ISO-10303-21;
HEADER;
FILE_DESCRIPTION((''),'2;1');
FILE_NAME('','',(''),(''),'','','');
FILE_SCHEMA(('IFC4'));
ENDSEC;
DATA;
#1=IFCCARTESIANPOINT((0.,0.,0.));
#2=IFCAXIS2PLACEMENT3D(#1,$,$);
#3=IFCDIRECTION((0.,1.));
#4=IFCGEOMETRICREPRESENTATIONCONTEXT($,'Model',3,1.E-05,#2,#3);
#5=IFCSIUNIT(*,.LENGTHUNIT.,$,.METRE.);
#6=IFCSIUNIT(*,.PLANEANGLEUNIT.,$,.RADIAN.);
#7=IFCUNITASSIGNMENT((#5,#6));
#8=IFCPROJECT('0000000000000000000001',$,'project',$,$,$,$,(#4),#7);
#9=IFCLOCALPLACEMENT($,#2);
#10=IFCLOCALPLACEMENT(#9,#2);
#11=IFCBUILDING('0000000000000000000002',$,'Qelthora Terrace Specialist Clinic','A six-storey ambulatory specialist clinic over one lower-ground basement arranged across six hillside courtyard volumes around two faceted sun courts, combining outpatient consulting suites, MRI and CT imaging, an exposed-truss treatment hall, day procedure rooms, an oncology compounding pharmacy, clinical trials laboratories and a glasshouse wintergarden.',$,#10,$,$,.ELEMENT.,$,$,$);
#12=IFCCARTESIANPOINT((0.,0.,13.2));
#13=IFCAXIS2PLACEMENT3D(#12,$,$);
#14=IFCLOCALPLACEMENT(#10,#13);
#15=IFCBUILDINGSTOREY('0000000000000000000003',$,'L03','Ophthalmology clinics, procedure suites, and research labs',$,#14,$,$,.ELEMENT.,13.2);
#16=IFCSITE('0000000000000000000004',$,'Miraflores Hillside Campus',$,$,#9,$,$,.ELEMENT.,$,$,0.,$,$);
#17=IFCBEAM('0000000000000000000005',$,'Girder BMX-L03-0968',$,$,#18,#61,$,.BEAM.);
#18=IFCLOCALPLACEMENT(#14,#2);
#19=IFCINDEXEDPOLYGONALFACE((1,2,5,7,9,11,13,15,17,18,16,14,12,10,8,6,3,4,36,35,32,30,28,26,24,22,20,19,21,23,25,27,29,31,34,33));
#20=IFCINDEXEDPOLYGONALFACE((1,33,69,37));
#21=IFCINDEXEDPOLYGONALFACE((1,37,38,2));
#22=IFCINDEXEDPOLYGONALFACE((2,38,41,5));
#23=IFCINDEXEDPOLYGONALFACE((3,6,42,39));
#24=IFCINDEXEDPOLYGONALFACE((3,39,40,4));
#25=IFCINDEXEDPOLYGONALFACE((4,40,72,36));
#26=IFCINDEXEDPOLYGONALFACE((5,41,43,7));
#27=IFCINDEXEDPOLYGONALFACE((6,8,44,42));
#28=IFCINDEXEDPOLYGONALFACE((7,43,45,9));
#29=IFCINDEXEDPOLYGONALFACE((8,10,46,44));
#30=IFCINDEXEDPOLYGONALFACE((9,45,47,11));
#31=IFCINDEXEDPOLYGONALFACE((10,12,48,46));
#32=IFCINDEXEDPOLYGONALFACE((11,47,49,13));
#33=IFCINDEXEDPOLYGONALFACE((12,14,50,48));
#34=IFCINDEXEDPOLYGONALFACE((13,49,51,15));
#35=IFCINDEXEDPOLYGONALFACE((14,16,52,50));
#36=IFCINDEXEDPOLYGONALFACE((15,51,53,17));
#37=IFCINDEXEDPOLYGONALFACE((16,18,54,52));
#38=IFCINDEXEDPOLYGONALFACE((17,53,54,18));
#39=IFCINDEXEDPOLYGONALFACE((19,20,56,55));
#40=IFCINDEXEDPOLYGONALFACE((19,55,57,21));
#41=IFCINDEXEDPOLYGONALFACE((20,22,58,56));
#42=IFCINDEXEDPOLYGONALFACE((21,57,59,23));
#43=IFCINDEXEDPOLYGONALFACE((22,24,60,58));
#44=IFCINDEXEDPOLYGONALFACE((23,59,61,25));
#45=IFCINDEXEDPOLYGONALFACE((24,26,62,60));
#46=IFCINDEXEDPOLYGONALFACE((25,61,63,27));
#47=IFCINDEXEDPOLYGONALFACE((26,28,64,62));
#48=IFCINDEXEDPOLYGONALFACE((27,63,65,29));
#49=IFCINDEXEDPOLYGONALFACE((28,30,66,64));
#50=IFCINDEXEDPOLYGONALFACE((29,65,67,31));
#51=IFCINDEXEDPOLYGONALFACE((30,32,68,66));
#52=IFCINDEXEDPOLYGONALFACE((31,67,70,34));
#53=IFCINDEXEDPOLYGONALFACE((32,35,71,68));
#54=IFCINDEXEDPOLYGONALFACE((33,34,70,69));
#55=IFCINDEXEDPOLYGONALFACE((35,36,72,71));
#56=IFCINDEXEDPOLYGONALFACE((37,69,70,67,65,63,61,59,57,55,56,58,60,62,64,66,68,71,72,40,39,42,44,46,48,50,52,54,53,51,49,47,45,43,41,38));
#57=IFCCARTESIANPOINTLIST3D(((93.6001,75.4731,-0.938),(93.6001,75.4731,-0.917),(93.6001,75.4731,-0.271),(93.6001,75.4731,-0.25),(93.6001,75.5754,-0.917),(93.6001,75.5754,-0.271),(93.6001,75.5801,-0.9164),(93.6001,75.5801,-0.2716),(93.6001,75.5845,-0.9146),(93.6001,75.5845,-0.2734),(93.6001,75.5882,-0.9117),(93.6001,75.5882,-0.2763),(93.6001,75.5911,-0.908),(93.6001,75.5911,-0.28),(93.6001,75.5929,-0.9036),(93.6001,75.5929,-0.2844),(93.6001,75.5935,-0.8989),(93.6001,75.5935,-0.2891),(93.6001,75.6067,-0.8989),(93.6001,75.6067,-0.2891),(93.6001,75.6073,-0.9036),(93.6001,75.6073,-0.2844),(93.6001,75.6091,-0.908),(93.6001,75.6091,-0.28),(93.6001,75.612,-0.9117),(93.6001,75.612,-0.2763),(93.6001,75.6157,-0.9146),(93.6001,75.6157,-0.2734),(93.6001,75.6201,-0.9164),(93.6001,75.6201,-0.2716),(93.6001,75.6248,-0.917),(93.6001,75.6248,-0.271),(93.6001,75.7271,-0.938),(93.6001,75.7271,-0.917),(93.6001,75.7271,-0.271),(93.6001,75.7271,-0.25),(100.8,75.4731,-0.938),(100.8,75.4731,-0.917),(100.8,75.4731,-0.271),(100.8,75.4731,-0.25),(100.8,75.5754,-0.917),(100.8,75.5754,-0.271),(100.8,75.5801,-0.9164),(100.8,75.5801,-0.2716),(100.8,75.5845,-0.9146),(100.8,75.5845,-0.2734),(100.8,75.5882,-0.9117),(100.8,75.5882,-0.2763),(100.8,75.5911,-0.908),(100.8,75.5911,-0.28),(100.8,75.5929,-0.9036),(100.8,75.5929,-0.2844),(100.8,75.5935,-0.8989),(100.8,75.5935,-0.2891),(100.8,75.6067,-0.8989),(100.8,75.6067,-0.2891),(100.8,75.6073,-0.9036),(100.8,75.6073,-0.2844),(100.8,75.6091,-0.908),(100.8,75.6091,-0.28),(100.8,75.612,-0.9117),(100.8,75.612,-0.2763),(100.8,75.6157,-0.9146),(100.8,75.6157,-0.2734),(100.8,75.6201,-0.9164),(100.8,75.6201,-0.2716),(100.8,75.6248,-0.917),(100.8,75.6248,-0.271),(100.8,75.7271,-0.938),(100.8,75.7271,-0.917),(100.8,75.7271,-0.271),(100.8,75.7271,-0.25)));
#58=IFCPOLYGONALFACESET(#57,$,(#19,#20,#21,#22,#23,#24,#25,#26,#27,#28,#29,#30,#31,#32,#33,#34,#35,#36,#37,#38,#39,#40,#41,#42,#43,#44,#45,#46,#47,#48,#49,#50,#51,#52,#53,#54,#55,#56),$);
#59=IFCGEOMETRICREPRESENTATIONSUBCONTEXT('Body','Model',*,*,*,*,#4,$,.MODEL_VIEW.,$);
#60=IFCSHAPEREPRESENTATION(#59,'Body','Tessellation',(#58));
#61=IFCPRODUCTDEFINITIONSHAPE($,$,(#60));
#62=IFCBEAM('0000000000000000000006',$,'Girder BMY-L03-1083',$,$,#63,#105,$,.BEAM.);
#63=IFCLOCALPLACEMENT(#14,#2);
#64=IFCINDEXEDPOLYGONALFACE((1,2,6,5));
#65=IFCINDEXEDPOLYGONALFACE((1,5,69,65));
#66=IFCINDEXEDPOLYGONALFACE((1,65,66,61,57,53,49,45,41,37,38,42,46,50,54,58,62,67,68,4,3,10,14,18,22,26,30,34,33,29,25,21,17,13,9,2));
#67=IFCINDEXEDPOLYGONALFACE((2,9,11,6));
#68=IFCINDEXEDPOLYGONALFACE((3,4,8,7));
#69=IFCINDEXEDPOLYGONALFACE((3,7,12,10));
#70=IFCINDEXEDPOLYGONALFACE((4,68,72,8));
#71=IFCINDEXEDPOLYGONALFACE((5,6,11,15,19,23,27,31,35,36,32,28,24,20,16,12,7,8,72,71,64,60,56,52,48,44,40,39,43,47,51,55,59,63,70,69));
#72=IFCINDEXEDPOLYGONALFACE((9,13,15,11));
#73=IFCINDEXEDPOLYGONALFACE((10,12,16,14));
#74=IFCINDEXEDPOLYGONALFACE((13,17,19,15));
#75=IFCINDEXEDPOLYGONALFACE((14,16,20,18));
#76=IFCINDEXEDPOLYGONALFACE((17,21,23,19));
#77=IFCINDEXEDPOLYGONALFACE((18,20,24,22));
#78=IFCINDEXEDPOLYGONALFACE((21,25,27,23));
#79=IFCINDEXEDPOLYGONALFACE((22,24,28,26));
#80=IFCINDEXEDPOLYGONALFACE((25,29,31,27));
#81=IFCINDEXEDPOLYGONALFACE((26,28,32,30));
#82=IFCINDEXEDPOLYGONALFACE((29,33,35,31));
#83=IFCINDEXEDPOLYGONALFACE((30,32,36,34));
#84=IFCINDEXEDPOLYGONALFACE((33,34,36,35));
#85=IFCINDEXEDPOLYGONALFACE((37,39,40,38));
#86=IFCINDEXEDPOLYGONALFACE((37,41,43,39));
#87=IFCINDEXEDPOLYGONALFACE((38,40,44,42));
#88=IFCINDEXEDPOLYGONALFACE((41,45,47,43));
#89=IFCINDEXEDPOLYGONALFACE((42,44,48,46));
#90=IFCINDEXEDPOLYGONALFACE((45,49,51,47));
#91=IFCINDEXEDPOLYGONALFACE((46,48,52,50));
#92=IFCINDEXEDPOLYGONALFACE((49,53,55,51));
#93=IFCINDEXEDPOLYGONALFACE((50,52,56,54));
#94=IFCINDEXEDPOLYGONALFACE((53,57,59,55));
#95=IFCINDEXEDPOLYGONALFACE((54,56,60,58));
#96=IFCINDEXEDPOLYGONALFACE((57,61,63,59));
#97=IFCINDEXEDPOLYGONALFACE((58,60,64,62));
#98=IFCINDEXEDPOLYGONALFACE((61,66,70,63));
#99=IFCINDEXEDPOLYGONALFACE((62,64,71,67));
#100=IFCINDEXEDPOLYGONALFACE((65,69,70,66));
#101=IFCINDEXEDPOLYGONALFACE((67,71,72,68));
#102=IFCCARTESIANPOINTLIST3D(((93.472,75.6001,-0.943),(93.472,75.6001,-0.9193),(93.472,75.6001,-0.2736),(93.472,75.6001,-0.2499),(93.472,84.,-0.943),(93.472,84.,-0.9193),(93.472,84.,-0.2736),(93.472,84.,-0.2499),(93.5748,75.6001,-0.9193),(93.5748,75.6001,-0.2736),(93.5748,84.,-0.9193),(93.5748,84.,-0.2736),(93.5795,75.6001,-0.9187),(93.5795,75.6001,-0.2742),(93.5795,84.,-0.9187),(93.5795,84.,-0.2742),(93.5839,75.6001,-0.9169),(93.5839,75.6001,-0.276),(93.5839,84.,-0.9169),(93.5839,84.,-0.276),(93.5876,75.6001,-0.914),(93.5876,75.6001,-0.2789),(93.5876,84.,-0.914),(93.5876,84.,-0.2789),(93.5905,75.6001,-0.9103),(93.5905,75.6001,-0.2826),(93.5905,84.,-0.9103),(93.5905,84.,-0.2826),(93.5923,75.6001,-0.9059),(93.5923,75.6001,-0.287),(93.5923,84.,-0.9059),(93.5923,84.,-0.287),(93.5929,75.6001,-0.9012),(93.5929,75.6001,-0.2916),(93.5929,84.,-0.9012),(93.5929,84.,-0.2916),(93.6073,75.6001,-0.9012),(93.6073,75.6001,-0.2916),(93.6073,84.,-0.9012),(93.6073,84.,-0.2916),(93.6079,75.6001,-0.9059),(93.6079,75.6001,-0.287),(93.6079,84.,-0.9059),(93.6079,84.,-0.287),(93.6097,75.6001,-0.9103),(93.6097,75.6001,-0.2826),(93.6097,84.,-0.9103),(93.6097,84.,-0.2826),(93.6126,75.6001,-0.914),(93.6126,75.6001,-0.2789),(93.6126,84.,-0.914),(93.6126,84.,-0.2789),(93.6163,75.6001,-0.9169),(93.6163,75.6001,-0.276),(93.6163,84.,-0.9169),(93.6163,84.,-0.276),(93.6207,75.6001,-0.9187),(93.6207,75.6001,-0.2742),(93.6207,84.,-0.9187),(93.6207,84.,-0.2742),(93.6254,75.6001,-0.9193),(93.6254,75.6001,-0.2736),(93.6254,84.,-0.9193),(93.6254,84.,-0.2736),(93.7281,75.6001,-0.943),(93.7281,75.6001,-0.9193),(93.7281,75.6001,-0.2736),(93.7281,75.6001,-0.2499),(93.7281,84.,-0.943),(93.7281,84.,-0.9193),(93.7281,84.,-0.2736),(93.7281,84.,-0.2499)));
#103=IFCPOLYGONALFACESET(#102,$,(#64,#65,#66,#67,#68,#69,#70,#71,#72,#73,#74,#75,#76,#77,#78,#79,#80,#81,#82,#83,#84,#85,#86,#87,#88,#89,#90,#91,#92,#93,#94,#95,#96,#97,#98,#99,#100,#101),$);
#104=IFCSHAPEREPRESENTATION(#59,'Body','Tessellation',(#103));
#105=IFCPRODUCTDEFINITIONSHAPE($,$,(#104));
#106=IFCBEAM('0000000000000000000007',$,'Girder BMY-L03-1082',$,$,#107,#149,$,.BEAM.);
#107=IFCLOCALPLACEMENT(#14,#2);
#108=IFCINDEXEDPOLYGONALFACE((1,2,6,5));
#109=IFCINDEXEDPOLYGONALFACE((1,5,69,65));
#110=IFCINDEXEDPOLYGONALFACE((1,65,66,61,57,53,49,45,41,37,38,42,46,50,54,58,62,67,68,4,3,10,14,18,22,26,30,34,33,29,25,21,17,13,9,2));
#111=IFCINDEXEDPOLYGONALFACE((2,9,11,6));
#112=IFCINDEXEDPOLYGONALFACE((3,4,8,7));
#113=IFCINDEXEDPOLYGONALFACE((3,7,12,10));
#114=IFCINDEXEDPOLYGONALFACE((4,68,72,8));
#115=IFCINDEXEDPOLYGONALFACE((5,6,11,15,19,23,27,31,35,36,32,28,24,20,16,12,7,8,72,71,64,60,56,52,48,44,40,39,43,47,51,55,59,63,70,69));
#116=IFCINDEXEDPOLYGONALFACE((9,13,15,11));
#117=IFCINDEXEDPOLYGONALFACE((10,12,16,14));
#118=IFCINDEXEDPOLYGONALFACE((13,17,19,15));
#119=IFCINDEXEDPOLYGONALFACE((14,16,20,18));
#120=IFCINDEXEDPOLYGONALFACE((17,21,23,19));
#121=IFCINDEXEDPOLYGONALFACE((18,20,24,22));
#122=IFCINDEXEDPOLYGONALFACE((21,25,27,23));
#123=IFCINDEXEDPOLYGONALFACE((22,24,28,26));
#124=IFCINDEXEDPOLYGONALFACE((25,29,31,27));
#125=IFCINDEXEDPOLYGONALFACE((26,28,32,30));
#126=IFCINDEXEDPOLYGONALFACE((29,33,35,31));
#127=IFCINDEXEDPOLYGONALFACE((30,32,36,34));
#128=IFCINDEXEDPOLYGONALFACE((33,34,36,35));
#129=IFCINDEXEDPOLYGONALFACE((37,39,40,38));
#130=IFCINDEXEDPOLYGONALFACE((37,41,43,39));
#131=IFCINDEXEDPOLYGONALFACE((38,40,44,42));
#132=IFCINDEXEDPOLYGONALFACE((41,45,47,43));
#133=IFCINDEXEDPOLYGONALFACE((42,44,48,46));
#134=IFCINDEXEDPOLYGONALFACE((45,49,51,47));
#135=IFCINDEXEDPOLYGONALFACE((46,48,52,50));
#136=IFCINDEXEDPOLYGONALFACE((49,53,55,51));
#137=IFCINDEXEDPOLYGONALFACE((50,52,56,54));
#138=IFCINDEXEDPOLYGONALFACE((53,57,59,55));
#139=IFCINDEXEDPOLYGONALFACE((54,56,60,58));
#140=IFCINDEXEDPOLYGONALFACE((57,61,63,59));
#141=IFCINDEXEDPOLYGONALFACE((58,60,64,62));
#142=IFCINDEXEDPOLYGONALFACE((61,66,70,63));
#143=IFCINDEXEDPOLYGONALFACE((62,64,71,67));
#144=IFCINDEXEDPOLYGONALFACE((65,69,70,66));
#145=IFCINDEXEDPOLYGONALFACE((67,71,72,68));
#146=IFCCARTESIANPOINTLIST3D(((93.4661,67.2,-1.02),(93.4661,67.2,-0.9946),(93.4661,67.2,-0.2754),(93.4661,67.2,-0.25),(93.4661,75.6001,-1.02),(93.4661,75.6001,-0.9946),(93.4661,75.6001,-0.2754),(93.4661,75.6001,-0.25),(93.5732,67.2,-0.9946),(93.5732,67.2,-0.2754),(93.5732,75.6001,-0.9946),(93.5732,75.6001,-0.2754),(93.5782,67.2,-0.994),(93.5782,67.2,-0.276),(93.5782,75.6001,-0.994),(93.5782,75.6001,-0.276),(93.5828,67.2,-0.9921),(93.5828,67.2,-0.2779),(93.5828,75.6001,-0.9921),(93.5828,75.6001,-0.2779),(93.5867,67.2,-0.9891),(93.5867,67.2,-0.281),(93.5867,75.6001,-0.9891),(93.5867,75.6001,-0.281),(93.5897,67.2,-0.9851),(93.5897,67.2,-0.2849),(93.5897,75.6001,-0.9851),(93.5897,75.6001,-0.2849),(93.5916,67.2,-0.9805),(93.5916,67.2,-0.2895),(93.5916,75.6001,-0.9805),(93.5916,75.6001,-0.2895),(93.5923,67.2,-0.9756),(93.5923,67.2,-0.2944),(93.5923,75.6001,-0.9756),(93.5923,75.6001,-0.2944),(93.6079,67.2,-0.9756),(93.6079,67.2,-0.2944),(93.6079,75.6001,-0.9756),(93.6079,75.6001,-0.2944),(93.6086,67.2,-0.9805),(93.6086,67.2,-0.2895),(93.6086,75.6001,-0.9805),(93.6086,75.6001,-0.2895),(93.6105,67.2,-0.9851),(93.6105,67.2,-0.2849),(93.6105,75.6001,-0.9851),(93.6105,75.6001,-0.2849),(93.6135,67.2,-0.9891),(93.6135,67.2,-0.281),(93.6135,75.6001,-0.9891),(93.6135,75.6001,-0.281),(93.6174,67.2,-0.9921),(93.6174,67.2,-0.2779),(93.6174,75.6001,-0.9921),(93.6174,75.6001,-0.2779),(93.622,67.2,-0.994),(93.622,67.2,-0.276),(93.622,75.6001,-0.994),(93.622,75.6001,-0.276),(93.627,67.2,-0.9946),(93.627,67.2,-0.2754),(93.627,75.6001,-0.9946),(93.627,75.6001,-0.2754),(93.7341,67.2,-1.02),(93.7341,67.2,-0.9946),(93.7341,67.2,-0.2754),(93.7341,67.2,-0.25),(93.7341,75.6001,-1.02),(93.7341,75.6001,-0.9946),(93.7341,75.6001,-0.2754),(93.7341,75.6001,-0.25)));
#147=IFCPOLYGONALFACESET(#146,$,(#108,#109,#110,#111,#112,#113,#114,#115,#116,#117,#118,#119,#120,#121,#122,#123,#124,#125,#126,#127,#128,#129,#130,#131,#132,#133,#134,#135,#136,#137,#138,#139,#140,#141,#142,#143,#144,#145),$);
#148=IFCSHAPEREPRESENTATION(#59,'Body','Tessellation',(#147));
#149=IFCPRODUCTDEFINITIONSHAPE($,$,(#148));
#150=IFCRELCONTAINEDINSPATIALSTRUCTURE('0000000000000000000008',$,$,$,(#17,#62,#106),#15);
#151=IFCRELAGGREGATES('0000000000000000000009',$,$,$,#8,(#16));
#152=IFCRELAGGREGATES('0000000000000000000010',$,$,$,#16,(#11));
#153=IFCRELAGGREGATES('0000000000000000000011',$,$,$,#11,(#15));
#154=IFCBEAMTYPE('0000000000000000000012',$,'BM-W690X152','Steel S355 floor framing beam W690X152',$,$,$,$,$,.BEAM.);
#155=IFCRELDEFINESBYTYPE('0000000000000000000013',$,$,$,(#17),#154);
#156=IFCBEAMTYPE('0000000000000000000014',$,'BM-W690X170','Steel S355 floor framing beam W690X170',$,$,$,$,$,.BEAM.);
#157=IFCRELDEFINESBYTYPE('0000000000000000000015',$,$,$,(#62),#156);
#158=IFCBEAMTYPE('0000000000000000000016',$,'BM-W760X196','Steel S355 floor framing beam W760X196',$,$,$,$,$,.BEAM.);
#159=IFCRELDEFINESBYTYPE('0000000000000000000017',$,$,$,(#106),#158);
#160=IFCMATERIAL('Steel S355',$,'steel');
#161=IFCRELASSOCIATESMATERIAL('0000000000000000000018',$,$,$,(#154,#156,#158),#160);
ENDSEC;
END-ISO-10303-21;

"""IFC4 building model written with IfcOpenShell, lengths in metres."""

from ifc_helpers import new_model, si_unit, direction, frame, origin, origin_2d, place, context, subcontext, project, spatial, i_section, extrude, material, material_profile, profile_set, type_object, element, save


model = new_model("IFC4")

# Units and contexts
model_context = context("Model", 3, precision=1e-05, world=origin(), true_north=direction((0.0, 1.0)))
body_context = subcontext(model_context, "Body", "Model", "MODEL_VIEW")
ifc_project = project(units=[si_unit("LENGTHUNIT", "METRE"), si_unit("PLANEANGLEUNIT", "RADIAN")], contexts=[model_context])

# Site, building, storey
site_placement = place(None, origin())
site = spatial("IfcSite", under=ifc_project, at=site_placement, Name="Miraflores Hillside Campus", CompositionType="ELEMENT", RefElevation=0.0)
building_placement = place(site_placement, origin())
building = spatial("IfcBuilding", under=site, at=building_placement, Name="Qelthora Terrace Specialist Clinic", Description="A six-storey ambulatory specialist clinic over one lower-ground basement arranged across six hillside courtyard volumes around two faceted sun courts, combining outpatient consulting suites, MRI and CT imaging, an exposed-truss treatment hall, day procedure rooms, an oncology compounding pharmacy, clinical trials laboratories and a glasshouse wintergarden.", CompositionType="ELEMENT")
storey_placement = place(building_placement, frame((0.0, 0.0, 13.2)))
storey = spatial("IfcBuildingStorey", under=building, at=storey_placement, Name="L03", Description="Ophthalmology clinics, procedure suites, and research labs", CompositionType="ELEMENT", Elevation=13.2)

# Shared definitions
ifc_material_1 = material(Name="Steel S355", Category="steel")

# Beams
ifc_material_profile_1 = material_profile(ifc_material_1, i_section(OverallWidth=0.2539, OverallDepth=0.688, WebThickness=0.0132, FlangeThickness=0.021, FilletRadius=0.0181, at=origin_2d()), Name="W690X152")
ifc_profile_set_1 = profile_set([ifc_material_profile_1], Name="Steel S355")
beam_type_1 = type_object("IfcBeamType", Name="BM-W690X152", Description="Steel S355 floor framing beam W690X152", PredefinedType="BEAM", material=ifc_profile_set_1)
beam_1_placement = place(storey_placement, frame((93.6001, 75.6001, -0.594), z_axis=(1.0, 0.0, 0.0), x_axis=(0.0, 1.0, 0.0)))
element("IfcBeam", 1, at=beam_1_placement, inside=storey, type_object=beam_type_1, Name="Girder BMX-L03-0968", PredefinedType="BEAM", context=body_context, shape_type="SweptSolid", body=[
    extrude(i_section(OverallWidth=0.2539, OverallDepth=0.688, WebThickness=0.0132, FlangeThickness=0.021, FilletRadius=0.0181, at=origin_2d()), origin(), (0.0, 0.0, 1.0), 7.2),
])
ifc_material_profile_2 = material_profile(ifc_material_1, i_section(OverallWidth=0.2561, OverallDepth=0.6931, WebThickness=0.0144, FlangeThickness=0.0237, FilletRadius=0.0181, at=origin_2d()), Name="W690X170")
ifc_profile_set_2 = profile_set([ifc_material_profile_2], Name="Steel S355")
beam_type_2 = type_object("IfcBeamType", Name="BM-W690X170", Description="Steel S355 floor framing beam W690X170", PredefinedType="BEAM", material=ifc_profile_set_2)
beam_2_placement = place(storey_placement, frame((93.6001, 75.6001, -0.5964), z_axis=(0.0, 1.0, 0.0), x_axis=(-1.0, 0.0, 0.0)))
element("IfcBeam", 2, at=beam_2_placement, inside=storey, type_object=beam_type_2, Name="Girder BMY-L03-1083", PredefinedType="BEAM", context=body_context, shape_type="SweptSolid", body=[
    extrude(i_section(OverallWidth=0.2561, OverallDepth=0.6931, WebThickness=0.0144, FlangeThickness=0.0237, FilletRadius=0.0181, at=origin_2d()), origin(), (0.0, 0.0, 1.0), 8.3999),
])
ifc_material_profile_3 = material_profile(ifc_material_1, i_section(OverallWidth=0.2681, OverallDepth=0.77, WebThickness=0.0156, FlangeThickness=0.0254, FilletRadius=0.019, at=origin_2d()), Name="W760X196")
ifc_profile_set_3 = profile_set([ifc_material_profile_3], Name="Steel S355")
beam_type_3 = type_object("IfcBeamType", Name="BM-W760X196", Description="Steel S355 floor framing beam W760X196", PredefinedType="BEAM", material=ifc_profile_set_3)
beam_3_placement = place(storey_placement, frame((93.6001, 67.2, -0.635), z_axis=(0.0, 1.0, 0.0), x_axis=(-1.0, 0.0, 0.0)))
element("IfcBeam", 3, at=beam_3_placement, inside=storey, type_object=beam_type_3, Name="Girder BMY-L03-1082", PredefinedType="BEAM", context=body_context, shape_type="SweptSolid", body=[
    extrude(i_section(OverallWidth=0.2681, OverallDepth=0.77, WebThickness=0.0156, FlangeThickness=0.0254, FilletRadius=0.019, at=origin_2d()), origin(), (0.0, 0.0, 1.0), 8.4001),
])

save(model, "model.ifc")
